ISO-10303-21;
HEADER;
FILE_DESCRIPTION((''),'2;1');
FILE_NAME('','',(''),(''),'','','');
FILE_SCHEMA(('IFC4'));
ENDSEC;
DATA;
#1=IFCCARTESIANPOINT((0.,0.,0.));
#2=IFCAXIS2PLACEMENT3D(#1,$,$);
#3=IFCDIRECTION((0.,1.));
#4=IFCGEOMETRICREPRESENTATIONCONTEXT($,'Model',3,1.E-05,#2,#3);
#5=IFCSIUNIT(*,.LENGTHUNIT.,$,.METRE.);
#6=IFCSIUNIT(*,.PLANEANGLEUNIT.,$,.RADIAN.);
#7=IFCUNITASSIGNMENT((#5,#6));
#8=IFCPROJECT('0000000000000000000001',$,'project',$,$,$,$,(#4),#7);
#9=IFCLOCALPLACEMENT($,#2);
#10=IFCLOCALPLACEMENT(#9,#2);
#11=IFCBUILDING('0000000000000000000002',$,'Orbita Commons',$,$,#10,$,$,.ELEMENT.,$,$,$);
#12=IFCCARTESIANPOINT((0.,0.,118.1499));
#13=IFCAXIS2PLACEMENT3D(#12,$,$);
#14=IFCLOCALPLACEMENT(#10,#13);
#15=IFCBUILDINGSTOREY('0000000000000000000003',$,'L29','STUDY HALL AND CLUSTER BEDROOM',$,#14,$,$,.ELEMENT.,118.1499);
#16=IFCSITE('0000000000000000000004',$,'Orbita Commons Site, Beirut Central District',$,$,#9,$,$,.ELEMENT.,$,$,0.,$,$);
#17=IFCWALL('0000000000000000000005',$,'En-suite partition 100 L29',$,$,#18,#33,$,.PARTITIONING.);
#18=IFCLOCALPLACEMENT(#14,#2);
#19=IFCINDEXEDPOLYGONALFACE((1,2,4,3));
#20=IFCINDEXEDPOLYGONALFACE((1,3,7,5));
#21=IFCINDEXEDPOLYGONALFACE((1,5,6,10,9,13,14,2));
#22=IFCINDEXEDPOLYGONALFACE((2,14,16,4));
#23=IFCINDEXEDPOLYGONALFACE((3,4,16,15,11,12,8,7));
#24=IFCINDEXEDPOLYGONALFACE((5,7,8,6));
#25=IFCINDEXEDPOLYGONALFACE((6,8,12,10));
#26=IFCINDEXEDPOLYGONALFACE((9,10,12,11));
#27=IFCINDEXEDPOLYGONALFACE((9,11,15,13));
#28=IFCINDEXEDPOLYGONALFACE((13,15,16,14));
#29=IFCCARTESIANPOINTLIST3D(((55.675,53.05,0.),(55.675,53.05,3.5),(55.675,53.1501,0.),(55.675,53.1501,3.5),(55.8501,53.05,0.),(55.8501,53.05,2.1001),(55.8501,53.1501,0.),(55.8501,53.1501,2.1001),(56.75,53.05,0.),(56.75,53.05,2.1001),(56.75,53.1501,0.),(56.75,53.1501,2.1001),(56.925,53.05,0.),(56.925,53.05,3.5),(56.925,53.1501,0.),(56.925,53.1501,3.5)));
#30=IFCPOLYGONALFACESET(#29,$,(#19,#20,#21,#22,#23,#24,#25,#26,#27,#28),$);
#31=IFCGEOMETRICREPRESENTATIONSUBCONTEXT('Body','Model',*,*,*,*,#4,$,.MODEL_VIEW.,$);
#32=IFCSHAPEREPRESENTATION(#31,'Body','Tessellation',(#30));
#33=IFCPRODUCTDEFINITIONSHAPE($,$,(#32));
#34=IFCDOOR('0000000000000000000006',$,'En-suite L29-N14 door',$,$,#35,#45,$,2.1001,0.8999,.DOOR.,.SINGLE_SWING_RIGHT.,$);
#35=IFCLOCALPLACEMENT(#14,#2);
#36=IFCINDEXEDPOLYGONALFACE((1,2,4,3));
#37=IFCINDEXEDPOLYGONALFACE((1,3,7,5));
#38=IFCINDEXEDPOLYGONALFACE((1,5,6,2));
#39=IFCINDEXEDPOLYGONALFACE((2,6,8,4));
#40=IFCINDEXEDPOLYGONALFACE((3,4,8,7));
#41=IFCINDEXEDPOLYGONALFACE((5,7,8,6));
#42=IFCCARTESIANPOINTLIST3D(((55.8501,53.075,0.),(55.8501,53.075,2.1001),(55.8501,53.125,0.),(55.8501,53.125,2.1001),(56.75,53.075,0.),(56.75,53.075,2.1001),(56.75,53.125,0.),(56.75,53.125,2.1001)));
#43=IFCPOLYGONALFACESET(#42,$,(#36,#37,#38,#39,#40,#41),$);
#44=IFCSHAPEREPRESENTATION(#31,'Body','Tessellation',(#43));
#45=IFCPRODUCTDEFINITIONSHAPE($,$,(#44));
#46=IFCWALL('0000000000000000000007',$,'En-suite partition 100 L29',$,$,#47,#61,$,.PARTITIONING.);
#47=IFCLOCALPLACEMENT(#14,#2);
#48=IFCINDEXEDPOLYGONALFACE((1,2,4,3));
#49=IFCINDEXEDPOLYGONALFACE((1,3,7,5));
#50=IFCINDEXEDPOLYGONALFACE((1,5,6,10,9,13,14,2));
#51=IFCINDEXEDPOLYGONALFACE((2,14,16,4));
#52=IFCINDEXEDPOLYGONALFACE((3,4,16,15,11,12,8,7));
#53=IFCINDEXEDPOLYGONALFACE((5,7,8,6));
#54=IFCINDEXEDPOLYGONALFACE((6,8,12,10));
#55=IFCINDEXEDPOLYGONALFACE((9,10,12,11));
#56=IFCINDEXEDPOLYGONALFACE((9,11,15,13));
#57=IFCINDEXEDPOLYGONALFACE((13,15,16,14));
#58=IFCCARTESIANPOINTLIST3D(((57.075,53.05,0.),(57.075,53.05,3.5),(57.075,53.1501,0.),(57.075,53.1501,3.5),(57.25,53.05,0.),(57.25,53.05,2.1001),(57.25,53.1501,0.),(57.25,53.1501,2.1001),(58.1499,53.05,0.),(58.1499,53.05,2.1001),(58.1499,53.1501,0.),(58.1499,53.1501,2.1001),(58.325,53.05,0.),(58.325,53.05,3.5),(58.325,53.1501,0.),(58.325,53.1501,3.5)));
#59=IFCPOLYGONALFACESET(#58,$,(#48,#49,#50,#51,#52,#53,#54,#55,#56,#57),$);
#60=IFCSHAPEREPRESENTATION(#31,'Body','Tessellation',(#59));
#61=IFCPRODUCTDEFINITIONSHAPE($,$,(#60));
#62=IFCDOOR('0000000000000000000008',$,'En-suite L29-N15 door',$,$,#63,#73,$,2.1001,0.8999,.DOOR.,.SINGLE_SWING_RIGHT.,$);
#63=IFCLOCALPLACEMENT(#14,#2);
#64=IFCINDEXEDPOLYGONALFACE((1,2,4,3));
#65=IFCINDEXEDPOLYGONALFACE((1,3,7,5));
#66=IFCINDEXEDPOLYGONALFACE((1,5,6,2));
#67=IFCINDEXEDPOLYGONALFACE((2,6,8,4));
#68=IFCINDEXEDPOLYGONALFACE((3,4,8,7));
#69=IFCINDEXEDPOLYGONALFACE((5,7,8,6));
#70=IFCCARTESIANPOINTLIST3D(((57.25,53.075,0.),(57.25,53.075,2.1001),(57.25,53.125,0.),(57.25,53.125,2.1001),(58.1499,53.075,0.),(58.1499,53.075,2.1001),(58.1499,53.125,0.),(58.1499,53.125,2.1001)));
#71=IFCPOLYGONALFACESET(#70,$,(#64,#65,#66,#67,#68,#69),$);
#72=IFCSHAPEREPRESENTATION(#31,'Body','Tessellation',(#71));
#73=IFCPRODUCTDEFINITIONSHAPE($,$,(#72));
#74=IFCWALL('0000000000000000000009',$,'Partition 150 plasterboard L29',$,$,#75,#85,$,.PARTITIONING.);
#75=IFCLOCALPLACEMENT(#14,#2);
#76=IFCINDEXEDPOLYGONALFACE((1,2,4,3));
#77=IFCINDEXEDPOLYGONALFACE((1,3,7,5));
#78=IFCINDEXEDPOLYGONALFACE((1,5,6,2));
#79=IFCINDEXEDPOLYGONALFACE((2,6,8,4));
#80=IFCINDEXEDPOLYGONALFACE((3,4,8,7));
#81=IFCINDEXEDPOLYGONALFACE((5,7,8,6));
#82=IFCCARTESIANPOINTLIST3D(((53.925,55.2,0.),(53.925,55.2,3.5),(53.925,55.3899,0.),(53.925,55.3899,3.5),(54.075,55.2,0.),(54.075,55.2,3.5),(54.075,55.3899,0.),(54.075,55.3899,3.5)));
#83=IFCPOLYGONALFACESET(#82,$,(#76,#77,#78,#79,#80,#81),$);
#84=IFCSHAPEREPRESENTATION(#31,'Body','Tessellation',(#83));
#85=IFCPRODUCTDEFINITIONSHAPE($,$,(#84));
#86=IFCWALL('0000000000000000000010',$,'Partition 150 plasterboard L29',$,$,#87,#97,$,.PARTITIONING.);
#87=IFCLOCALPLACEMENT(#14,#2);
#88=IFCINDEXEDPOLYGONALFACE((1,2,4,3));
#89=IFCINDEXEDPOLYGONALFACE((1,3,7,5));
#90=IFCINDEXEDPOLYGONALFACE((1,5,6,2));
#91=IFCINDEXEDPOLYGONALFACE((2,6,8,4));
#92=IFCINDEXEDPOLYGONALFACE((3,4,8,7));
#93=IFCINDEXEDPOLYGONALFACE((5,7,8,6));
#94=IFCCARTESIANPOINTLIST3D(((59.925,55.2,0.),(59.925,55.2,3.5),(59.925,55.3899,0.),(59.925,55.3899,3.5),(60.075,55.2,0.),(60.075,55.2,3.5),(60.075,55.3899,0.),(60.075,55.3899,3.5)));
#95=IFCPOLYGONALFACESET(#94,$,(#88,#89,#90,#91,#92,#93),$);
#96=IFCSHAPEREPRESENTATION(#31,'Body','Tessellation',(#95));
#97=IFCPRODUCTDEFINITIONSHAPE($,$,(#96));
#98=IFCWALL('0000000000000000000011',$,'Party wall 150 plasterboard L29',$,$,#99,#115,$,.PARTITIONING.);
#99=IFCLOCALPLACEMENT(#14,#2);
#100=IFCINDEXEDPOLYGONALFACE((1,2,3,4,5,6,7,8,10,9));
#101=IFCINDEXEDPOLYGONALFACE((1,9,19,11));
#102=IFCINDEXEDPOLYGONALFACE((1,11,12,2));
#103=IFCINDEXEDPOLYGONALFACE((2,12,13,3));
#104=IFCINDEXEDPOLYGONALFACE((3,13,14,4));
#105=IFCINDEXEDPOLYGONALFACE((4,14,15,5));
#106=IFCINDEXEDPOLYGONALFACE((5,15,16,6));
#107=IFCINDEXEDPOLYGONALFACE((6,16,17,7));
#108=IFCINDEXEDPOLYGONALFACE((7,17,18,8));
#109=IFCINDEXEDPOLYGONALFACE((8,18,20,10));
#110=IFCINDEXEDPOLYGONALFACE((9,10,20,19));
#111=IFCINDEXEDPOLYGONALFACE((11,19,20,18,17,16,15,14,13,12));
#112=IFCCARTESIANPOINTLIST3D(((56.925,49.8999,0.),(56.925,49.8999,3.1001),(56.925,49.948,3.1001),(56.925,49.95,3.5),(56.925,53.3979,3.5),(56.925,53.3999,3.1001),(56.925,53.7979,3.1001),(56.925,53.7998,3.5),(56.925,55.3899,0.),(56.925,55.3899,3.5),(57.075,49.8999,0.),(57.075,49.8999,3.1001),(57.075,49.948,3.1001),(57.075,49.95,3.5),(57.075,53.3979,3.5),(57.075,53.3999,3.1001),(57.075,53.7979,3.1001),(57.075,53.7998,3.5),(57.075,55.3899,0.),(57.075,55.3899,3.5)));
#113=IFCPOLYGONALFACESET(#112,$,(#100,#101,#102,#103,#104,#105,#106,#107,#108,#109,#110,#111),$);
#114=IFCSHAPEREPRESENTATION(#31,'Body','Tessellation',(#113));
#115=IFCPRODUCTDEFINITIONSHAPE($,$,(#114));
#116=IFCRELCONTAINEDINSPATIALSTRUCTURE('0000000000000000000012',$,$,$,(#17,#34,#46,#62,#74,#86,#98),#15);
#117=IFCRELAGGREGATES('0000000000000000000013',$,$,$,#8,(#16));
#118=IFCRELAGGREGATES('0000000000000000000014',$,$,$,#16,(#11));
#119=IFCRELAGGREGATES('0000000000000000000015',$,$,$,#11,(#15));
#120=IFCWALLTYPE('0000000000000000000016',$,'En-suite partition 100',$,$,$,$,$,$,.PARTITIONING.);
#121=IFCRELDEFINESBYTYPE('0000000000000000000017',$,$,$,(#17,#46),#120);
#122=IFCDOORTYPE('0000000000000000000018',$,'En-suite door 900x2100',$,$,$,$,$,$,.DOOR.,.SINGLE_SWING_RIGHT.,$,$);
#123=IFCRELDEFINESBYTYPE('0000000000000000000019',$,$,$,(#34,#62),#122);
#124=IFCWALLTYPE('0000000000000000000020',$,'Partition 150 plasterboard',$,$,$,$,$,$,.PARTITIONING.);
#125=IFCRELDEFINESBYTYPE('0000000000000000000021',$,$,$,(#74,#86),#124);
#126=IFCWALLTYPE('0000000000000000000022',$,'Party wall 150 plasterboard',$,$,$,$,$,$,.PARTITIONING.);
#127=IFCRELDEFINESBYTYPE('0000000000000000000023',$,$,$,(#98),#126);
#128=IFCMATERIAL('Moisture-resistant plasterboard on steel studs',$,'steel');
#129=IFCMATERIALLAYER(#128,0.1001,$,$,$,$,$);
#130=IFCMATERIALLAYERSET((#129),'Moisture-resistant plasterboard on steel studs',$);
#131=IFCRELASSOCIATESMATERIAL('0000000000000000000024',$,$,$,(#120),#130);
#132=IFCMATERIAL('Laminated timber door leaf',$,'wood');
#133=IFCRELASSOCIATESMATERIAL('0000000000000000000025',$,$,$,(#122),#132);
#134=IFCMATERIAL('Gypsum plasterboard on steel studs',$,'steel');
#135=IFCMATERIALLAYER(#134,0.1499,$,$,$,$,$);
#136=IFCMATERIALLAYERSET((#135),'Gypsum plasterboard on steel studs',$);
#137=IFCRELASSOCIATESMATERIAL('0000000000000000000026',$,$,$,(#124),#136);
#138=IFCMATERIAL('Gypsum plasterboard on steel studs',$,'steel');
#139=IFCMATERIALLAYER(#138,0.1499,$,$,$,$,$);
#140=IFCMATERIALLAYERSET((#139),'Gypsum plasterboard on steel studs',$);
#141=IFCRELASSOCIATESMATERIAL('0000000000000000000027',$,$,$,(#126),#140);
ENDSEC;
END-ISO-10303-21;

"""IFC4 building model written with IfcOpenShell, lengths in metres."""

from ifc_helpers import new_model, si_unit, direction, frame, frame_2d, origin, place, context, subcontext, project, spatial, polyline, rectangle, outline, extrude, material, layer, layer_set, type_object, element, fill, save


model = new_model("IFC4")

# Units and contexts
model_context = context("Model", 3, precision=1e-05, world=origin(), true_north=direction((0.0, 1.0)))
body_context = subcontext(model_context, "Body", "Model", "MODEL_VIEW")
ifc_project = project(units=[si_unit("LENGTHUNIT", "METRE"), si_unit("PLANEANGLEUNIT", "RADIAN")], contexts=[model_context])

# Site, building, storey
site_placement = place(None, origin())
site = spatial("IfcSite", under=ifc_project, at=site_placement, Name="Orbita Commons Site, Beirut Central District", CompositionType="ELEMENT", RefElevation=0.0)
building_placement = place(site_placement, origin())
building = spatial("IfcBuilding", under=site, at=building_placement, Name="Orbita Commons", CompositionType="ELEMENT")
storey_placement = place(building_placement, frame((0.0, 0.0, 118.1499)))
storey = spatial("IfcBuildingStorey", under=building, at=storey_placement, Name="L29", Description="STUDY HALL AND CLUSTER BEDROOM", CompositionType="ELEMENT", Elevation=118.1499)

# Walls, openings, doors
ifc_material_1 = material(Name="Moisture-resistant plasterboard on steel studs", Category="steel")
ifc_layer_1 = layer(ifc_material_1, 0.1001)
ifc_layer_set_1 = layer_set([ifc_layer_1], Name="Moisture-resistant plasterboard on steel studs")
wall_type_1 = type_object("IfcWallType", Name="En-suite partition 100", PredefinedType="PARTITIONING", material=ifc_layer_set_1)
wall_1_placement = place(storey_placement, frame((55.675, 53.1001, 0.0), z_axis=(0.0, 0.0, 1.0), x_axis=(1.0, 0.0, 0.0)))
wall_1 = element("IfcWall", 1, at=wall_1_placement, inside=storey, type_object=wall_type_1, Name="En-suite partition 100 L29", PredefinedType="PARTITIONING", context=body_context, shape_type="SweptSolid", body=[
    extrude(rectangle(XDim=1.25, YDim=0.1001, at=frame_2d((0.625, 0.0))), origin(), (0.0, 0.0, 1.0), 3.5),
])
opening_1_placement = place(wall_1_placement, frame((0.175, 0.0, 0.0)))
opening_1 = element("IfcOpeningElement", 2, at=opening_1_placement, cuts=wall_1, PredefinedType="OPENING", context=body_context, shape_type="SweptSolid", body=[
    extrude(rectangle(XDim=0.8999, YDim=2.1001, at=frame_2d((0.45, 1.05))), frame((0.0, 0.0601, 0.0), z_axis=(0.0, -1.0, 0.0), x_axis=(1.0, 0.0, 0.0)), (0.0, 0.0, 1.0), 0.1201),
])
ifc_material_2 = material(Name="Laminated timber door leaf", Category="wood")
door_type = type_object("IfcDoorType", Name="En-suite door 900x2100", OperationType="SINGLE_SWING_RIGHT", PredefinedType="DOOR", material=ifc_material_2)
door_1_placement = place(opening_1_placement, origin())
door_1 = element("IfcDoor", 3, at=door_1_placement, inside=storey, type_object=door_type, Name="En-suite L29-N14 door", OperationType="SINGLE_SWING_RIGHT", OverallHeight=2.1001, OverallWidth=0.8999, PredefinedType="DOOR", context=body_context, shape_type="SweptSolid", body=[
    extrude(rectangle(XDim=0.8999, YDim=2.1001, at=frame_2d((0.45, 1.05))), frame((0.0, 0.0249, 0.0), z_axis=(0.0, -1.0, 0.0), x_axis=(1.0, 0.0, 0.0)), (0.0, 0.0, 1.0), 0.05),
])
fill(opening_1, door_1)
wall_2_placement = place(storey_placement, frame((57.075, 53.1001, 0.0), z_axis=(0.0, 0.0, 1.0), x_axis=(1.0, 0.0, 0.0)))
wall_2 = element("IfcWall", 4, at=wall_2_placement, inside=storey, type_object=wall_type_1, Name="En-suite partition 100 L29", PredefinedType="PARTITIONING", context=body_context, shape_type="SweptSolid", body=[
    extrude(rectangle(XDim=1.25, YDim=0.1001, at=frame_2d((0.625, 0.0))), origin(), (0.0, 0.0, 1.0), 3.5),
])
opening_2_placement = place(wall_2_placement, frame((0.175, 0.0, 0.0)))
opening_2 = element("IfcOpeningElement", 5, at=opening_2_placement, cuts=wall_2, PredefinedType="OPENING", context=body_context, shape_type="SweptSolid", body=[
    extrude(rectangle(XDim=0.8999, YDim=2.1001, at=frame_2d((0.45, 1.05))), frame((0.0, 0.0601, 0.0), z_axis=(0.0, -1.0, 0.0), x_axis=(1.0, 0.0, 0.0)), (0.0, 0.0, 1.0), 0.1201),
])
door_2_placement = place(opening_2_placement, origin())
door_2 = element("IfcDoor", 6, at=door_2_placement, inside=storey, type_object=door_type, Name="En-suite L29-N15 door", OperationType="SINGLE_SWING_RIGHT", OverallHeight=2.1001, OverallWidth=0.8999, PredefinedType="DOOR", context=body_context, shape_type="SweptSolid", body=[
    extrude(rectangle(XDim=0.8999, YDim=2.1001, at=frame_2d((0.45, 1.05))), frame((0.0, 0.0249, 0.0), z_axis=(0.0, -1.0, 0.0), x_axis=(1.0, 0.0, 0.0)), (0.0, 0.0, 1.0), 0.05),
])
fill(opening_2, door_2)

# Walls
ifc_material_3 = material(Name="Gypsum plasterboard on steel studs", Category="steel")
ifc_layer_2 = layer(ifc_material_3, 0.1499)
ifc_layer_set_2 = layer_set([ifc_layer_2], Name="Gypsum plasterboard on steel studs")
wall_type_2 = type_object("IfcWallType", Name="Partition 150 plasterboard", PredefinedType="PARTITIONING", material=ifc_layer_set_2)
for number, where, z_axis, x_axis, name in (
    (7, (54.0, 55.2, 0.0), (0.0, 0.0, 1.0), (0.0, 1.0, 0.0), "Partition 150 plasterboard L29"),
    (8, (60.0, 55.2, 0.0), (0.0, 0.0, 1.0), (0.0, 1.0, 0.0), "Partition 150 plasterboard L29"),
):
    element("IfcWall", number, at=place(storey_placement, frame(where, z_axis=z_axis, x_axis=x_axis)), inside=storey, type_object=wall_type_2, Name=name, PredefinedType="PARTITIONING", context=body_context, shape_type="SweptSolid", body=[
        extrude(rectangle(XDim=0.1899, YDim=0.1499, at=frame_2d((0.095, 0.0))), origin(), (0.0, 0.0, 1.0), 3.5),
    ])
ifc_material_4 = material(Name="Gypsum plasterboard on steel studs", Category="steel")
ifc_layer_3 = layer(ifc_material_4, 0.1499)
ifc_layer_set_3 = layer_set([ifc_layer_3], Name="Gypsum plasterboard on steel studs")
wall_type_3 = type_object("IfcWallType", Name="Party wall 150 plasterboard", PredefinedType="PARTITIONING", material=ifc_layer_set_3)
wall_3_placement = place(storey_placement, frame((57.0, 55.3899, 0.0), z_axis=(0.0, 0.0, 1.0), x_axis=(0.0, -1.0, 0.0)))
element("IfcWall", 9, at=wall_3_placement, inside=storey, type_object=wall_type_3, Name="Party wall 150 plasterboard L29", PredefinedType="PARTITIONING", context=body_context, shape_type="SweptSolid", body=[
    extrude(outline(polyline([(0.0, 0.0), (5.49, 0.0), (5.49, 3.1001), (5.4419, 3.1001), (5.4399, 3.5), (1.9919, 3.5), (1.99, 3.1001), (1.592, 3.1001), (1.5901, 3.5), (0.0, 3.5), (0.0, 0.0)])), frame((0.0, 0.075, 0.0), z_axis=(0.0, -1.0, 0.0), x_axis=(1.0, 0.0, 0.0)), (0.0, 0.0, 1.0), 0.1499),
])

save(model, "model.ifc")
